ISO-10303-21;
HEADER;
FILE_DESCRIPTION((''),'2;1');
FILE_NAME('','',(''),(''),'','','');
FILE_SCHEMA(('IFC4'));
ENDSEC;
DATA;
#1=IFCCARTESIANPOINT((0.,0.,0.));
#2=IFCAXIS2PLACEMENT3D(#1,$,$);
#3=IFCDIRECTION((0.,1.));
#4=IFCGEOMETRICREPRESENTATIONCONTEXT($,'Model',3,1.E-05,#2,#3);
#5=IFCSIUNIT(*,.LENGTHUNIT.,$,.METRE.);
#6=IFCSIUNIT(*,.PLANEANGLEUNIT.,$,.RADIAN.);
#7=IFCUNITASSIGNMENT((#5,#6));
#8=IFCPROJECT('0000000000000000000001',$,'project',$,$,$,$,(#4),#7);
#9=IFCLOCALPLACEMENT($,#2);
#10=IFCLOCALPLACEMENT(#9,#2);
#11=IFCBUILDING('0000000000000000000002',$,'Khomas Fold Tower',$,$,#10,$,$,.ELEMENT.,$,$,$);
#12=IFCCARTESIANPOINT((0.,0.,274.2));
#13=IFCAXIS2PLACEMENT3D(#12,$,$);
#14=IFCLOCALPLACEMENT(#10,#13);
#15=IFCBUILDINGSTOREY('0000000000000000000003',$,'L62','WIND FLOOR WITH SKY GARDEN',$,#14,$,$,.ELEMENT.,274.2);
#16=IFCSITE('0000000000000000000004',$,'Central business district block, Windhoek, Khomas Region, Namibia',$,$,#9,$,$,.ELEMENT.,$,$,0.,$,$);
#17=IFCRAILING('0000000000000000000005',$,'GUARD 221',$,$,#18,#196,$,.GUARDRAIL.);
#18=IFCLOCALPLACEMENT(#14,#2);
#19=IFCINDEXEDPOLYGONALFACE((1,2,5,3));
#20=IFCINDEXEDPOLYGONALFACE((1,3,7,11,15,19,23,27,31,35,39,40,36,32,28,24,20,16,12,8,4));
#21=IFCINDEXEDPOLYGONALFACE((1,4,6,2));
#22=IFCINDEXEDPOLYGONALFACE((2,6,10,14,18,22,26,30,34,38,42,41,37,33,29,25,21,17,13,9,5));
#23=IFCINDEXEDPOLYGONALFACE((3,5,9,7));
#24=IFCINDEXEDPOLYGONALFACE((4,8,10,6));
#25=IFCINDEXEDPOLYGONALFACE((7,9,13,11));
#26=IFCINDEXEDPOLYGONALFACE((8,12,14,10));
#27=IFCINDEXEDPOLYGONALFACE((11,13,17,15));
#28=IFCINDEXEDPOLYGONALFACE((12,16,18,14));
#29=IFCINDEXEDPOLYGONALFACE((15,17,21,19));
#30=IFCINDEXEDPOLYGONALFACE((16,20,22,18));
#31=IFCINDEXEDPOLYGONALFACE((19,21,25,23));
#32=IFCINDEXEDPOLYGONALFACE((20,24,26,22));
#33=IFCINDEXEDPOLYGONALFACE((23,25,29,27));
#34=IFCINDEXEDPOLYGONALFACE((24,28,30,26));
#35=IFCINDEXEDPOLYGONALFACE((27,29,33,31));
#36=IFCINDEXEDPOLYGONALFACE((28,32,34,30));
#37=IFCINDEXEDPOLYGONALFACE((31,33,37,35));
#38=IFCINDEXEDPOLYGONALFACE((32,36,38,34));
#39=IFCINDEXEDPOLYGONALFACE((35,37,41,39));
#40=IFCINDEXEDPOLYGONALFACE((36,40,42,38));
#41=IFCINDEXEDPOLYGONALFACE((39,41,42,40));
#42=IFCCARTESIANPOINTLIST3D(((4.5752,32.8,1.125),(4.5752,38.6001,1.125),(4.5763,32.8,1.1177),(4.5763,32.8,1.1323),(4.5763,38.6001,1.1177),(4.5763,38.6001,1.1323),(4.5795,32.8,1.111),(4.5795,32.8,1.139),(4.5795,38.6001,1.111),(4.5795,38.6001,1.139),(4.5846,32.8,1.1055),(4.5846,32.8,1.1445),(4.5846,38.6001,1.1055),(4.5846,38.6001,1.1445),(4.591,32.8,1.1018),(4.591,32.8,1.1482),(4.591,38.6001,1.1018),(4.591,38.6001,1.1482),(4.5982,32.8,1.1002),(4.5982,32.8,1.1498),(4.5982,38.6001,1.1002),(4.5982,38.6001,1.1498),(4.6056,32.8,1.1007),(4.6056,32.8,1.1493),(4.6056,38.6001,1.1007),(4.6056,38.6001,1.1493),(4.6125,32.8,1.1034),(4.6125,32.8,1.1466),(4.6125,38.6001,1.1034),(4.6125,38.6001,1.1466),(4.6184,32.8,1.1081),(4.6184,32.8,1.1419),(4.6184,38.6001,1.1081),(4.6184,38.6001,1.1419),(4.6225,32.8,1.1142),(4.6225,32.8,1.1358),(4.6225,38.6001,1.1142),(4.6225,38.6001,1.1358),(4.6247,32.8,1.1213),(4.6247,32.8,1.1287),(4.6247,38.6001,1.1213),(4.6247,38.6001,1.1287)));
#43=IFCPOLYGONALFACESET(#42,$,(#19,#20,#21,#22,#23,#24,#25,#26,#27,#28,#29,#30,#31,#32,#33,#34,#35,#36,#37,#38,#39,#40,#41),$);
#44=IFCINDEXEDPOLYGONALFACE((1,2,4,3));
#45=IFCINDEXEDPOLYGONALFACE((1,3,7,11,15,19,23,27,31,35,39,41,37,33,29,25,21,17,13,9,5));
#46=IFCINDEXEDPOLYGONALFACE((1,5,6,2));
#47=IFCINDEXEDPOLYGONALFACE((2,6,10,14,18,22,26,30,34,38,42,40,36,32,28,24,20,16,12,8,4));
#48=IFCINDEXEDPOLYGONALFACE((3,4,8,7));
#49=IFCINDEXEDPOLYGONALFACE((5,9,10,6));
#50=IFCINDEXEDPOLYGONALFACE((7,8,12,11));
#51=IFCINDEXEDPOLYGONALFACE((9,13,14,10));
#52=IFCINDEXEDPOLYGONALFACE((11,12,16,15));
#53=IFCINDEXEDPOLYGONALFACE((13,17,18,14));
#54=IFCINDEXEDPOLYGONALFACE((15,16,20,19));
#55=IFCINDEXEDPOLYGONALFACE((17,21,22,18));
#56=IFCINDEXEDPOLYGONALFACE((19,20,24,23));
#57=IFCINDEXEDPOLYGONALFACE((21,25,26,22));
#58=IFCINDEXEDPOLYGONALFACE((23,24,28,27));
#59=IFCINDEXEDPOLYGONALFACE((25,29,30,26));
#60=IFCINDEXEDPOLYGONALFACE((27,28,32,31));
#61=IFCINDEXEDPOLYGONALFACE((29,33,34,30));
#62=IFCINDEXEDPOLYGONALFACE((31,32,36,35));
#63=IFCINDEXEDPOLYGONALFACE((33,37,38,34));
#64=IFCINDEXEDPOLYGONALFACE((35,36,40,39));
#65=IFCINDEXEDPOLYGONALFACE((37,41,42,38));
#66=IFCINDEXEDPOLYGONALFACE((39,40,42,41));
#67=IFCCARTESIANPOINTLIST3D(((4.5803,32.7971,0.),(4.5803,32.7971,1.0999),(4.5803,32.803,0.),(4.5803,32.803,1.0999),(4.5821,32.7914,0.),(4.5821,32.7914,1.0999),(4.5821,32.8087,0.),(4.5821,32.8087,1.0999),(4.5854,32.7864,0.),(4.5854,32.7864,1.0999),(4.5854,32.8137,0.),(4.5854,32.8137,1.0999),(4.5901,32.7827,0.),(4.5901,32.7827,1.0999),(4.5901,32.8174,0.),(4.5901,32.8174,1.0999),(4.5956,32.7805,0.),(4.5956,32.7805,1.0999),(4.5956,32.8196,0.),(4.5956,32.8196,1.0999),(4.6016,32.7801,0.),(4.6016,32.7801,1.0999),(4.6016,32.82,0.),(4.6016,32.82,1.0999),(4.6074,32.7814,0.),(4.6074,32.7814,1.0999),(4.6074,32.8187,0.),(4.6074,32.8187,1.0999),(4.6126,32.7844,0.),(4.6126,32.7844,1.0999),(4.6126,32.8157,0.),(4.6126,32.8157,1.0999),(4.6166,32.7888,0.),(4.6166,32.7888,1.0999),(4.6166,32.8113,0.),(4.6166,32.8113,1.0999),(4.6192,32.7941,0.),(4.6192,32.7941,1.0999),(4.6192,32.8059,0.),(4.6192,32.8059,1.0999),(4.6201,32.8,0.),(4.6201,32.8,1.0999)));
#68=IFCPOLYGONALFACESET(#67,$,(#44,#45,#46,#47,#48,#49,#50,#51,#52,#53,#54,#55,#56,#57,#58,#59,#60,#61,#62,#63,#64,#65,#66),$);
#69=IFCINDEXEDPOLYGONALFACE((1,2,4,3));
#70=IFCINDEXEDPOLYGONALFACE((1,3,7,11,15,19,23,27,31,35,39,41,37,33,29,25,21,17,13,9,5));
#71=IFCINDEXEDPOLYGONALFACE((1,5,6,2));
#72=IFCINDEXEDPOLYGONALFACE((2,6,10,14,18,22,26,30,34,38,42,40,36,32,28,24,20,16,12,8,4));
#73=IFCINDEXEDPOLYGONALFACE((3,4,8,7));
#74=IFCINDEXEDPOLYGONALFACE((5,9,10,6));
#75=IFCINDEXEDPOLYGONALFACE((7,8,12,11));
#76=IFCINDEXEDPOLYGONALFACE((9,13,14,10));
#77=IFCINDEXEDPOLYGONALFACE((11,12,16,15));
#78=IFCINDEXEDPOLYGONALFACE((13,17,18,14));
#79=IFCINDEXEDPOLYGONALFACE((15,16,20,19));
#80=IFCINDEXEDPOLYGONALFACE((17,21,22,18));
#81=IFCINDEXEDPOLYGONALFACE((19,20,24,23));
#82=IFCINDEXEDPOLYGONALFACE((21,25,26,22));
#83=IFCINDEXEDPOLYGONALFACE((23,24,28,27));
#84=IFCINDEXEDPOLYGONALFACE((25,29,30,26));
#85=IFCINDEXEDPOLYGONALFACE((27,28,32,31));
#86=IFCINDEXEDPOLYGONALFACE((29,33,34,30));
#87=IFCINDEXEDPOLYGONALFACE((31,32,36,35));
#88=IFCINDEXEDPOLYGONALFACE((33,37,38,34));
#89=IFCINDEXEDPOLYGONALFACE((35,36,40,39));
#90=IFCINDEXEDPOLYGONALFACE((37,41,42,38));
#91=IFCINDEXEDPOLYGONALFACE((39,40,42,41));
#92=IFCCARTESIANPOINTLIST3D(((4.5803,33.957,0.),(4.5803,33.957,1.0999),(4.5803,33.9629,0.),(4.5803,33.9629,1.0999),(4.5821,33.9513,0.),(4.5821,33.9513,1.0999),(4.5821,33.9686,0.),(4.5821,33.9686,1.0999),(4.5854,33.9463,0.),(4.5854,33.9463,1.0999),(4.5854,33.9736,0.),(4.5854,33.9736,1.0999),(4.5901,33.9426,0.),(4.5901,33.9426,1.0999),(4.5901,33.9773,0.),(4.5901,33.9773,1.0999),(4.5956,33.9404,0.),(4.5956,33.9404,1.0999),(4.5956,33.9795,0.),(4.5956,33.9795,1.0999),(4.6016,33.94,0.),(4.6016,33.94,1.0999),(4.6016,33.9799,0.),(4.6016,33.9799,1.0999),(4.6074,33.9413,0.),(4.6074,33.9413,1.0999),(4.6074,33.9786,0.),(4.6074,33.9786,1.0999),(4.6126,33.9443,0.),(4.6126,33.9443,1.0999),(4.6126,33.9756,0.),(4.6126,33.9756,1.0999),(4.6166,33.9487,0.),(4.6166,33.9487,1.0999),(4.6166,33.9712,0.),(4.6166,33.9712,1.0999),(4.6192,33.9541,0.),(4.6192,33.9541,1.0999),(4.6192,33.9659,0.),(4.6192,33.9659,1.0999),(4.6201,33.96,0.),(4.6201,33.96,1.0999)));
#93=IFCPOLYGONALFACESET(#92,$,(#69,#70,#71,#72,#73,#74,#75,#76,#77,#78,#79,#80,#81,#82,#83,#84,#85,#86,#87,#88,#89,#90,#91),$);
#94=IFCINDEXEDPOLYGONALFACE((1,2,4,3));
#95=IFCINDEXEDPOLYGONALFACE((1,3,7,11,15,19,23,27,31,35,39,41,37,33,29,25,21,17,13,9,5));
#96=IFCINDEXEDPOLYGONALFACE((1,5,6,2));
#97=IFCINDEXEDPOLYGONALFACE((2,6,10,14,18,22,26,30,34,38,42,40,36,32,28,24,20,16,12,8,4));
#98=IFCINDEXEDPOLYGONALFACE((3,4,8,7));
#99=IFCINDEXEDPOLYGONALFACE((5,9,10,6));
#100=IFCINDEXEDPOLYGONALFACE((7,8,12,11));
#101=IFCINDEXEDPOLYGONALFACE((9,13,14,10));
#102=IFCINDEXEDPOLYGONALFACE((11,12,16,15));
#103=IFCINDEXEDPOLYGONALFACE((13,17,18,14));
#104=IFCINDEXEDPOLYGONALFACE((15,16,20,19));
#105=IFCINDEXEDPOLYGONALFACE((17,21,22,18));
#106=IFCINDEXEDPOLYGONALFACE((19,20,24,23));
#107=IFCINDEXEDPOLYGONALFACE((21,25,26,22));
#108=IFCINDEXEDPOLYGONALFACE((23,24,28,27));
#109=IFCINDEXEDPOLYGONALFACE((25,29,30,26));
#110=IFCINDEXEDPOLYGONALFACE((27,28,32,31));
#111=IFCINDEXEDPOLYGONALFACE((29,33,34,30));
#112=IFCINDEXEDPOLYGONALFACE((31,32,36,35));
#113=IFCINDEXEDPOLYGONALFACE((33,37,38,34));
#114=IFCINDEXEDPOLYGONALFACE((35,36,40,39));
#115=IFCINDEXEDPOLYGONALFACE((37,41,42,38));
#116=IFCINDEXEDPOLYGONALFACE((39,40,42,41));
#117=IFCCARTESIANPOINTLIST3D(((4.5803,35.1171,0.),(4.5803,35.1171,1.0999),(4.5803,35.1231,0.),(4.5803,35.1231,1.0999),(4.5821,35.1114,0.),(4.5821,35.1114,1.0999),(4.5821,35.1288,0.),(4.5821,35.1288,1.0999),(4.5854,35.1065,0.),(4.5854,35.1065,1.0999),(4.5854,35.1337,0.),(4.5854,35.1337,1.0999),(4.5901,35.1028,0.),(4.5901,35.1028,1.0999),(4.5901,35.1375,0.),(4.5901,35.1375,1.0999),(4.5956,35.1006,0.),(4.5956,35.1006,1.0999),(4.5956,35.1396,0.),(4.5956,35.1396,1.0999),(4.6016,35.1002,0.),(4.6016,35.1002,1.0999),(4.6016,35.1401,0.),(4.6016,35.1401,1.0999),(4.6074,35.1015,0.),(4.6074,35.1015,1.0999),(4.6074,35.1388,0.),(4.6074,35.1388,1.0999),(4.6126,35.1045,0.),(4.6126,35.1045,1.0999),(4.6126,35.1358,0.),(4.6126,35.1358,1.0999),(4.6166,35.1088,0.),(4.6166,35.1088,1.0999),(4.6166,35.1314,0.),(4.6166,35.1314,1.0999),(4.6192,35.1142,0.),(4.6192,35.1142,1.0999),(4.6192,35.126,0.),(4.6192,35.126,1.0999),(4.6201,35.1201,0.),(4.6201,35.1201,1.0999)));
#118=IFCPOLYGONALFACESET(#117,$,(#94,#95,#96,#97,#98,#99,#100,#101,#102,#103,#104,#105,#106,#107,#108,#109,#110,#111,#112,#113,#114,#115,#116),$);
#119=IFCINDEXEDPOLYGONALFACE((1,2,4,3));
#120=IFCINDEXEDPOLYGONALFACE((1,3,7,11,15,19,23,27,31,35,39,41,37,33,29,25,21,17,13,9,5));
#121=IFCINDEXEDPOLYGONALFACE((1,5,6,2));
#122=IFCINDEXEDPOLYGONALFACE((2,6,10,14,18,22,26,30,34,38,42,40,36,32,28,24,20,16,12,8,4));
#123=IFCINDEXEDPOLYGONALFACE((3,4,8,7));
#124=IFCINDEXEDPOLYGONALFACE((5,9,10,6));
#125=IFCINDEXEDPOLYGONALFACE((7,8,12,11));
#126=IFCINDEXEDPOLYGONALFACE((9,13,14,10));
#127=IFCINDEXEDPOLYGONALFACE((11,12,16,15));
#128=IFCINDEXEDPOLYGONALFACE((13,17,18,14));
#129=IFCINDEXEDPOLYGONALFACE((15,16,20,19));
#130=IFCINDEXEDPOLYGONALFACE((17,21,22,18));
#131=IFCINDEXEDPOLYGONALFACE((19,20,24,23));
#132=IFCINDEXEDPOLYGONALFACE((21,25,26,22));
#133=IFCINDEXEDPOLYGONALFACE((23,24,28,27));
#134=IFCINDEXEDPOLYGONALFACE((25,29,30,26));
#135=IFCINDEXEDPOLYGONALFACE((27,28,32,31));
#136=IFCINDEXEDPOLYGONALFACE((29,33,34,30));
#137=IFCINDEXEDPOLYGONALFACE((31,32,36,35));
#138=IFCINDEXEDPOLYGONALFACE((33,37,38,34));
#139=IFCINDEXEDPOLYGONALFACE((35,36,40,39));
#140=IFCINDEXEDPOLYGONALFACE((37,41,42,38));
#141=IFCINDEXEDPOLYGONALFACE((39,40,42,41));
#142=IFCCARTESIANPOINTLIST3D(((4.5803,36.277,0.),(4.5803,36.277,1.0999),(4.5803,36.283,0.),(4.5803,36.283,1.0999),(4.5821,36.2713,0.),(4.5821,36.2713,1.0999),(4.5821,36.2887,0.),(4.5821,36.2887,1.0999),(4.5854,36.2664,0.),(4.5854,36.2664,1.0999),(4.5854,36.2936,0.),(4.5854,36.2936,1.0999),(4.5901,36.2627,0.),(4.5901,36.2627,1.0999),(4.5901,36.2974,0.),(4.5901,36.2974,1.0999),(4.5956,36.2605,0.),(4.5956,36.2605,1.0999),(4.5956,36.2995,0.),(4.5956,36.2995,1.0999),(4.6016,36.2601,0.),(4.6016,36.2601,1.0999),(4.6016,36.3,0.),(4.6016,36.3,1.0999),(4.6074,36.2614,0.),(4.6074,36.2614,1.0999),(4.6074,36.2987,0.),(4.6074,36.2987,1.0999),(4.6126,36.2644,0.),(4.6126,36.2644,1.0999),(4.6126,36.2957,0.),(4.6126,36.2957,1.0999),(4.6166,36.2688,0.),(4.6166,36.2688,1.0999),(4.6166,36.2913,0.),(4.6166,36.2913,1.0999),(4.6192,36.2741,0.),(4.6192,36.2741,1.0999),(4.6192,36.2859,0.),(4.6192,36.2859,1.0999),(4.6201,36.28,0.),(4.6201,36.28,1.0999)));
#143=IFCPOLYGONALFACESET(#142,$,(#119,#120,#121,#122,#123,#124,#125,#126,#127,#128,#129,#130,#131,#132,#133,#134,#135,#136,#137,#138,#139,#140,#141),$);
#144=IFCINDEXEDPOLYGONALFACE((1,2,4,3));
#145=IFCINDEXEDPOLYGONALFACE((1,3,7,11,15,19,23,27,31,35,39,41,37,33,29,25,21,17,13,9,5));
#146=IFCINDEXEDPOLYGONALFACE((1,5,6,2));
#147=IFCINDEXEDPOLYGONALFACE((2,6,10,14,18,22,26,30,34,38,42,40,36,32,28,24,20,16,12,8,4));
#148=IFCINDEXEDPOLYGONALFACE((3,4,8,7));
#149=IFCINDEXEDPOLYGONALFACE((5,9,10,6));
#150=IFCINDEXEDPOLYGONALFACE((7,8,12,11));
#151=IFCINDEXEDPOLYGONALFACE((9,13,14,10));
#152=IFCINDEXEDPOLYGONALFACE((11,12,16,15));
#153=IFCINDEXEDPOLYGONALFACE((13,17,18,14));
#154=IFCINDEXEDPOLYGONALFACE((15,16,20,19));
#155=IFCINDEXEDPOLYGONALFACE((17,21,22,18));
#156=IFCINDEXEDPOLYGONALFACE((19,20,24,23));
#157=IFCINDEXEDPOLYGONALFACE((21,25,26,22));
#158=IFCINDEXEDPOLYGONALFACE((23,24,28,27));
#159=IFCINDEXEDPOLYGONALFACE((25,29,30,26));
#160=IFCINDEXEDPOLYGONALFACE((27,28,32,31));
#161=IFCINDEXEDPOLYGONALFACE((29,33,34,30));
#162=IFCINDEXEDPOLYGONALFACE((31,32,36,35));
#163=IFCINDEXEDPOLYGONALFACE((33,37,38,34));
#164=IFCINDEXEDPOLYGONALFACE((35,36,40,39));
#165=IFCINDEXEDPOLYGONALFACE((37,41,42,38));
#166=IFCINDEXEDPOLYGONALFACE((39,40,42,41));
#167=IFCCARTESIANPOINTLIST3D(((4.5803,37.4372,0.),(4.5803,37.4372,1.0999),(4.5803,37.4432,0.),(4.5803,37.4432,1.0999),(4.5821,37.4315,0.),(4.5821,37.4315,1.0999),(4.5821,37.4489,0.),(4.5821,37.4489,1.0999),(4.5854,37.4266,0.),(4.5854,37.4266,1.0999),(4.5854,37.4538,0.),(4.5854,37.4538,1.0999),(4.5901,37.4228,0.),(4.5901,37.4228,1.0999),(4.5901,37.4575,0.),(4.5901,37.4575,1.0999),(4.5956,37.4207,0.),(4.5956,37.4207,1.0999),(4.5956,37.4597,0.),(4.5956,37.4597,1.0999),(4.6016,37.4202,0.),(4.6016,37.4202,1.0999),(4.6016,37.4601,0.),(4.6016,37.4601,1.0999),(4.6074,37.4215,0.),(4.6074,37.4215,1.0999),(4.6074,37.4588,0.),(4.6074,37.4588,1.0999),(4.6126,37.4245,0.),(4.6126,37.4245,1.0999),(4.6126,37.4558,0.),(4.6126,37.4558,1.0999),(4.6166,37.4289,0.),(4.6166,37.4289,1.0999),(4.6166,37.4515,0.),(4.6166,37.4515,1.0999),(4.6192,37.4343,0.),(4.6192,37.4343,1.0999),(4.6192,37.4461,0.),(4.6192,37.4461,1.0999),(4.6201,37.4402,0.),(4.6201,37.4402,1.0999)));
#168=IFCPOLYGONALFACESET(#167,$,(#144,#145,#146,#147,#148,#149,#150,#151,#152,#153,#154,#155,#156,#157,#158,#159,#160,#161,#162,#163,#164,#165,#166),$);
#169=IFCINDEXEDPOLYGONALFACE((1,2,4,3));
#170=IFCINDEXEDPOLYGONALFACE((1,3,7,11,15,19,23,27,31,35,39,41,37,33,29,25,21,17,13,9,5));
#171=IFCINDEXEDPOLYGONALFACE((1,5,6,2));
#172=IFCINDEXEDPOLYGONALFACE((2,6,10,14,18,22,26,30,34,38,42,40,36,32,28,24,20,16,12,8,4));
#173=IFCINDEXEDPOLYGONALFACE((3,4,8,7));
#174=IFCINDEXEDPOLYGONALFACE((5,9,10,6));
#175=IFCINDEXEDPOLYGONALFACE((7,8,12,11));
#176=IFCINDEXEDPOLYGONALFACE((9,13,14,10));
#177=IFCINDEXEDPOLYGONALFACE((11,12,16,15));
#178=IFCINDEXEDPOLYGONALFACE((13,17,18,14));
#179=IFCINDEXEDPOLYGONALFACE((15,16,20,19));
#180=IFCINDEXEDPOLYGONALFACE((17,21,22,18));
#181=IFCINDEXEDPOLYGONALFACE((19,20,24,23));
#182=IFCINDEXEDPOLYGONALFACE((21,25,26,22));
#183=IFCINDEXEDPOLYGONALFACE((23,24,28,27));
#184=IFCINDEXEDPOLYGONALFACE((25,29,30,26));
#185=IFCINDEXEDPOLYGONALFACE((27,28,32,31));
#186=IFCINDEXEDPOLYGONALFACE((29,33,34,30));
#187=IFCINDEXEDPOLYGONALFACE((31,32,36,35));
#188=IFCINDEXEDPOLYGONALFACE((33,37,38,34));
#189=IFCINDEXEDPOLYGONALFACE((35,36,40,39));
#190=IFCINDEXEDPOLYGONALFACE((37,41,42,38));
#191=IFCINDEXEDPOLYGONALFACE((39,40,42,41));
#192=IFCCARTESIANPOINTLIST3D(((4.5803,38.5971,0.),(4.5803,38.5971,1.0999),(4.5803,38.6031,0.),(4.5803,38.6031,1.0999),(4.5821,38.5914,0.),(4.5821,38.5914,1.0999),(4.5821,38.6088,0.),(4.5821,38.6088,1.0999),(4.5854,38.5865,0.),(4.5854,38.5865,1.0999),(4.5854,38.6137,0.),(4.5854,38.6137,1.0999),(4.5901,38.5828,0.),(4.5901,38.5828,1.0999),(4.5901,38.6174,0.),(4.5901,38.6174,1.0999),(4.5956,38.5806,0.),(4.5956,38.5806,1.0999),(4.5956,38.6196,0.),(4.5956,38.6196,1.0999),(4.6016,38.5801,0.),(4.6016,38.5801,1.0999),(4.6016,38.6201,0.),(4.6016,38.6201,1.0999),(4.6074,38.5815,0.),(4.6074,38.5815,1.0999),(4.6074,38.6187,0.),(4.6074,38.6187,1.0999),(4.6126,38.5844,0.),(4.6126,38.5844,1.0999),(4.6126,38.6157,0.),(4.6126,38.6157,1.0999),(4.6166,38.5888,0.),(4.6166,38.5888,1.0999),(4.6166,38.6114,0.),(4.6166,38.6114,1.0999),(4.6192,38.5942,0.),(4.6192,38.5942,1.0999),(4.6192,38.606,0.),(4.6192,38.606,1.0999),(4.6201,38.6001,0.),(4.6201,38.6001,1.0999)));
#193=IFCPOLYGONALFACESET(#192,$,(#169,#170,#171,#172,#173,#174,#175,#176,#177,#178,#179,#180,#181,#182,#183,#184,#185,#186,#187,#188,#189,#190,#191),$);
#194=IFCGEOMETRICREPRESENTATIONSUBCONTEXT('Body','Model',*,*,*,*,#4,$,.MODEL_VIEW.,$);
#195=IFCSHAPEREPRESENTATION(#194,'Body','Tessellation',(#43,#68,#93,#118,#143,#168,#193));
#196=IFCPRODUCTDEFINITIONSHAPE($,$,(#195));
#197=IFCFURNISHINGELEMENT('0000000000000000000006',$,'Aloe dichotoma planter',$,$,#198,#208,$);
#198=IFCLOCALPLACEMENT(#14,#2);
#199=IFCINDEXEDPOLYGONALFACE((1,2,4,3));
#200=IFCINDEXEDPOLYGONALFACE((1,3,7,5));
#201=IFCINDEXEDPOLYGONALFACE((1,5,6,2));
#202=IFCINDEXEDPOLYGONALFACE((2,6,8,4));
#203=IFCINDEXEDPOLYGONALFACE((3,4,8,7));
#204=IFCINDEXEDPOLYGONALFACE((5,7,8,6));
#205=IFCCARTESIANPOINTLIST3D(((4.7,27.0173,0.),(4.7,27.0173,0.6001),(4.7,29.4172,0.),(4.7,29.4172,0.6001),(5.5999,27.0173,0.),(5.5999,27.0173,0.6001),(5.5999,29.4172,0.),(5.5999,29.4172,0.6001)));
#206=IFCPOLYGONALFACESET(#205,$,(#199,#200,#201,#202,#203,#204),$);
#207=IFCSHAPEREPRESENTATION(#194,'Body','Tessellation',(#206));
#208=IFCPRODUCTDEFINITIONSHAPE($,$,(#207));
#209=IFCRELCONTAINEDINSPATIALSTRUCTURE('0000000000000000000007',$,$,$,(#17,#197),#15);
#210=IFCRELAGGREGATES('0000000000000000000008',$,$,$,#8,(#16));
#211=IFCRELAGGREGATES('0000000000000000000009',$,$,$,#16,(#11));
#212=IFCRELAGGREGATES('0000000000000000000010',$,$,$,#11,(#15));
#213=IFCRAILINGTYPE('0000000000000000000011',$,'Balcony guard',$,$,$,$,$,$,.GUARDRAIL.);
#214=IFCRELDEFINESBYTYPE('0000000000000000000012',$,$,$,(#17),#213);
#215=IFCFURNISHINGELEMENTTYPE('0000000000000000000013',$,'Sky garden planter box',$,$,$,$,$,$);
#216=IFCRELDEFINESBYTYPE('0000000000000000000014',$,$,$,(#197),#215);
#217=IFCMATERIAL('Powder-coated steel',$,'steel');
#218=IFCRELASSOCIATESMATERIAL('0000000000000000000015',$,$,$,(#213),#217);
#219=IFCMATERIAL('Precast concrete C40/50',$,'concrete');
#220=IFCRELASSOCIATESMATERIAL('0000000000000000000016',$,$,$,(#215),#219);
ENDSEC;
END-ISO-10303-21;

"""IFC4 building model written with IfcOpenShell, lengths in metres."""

from ifc_helpers import new_model, si_unit, direction, frame, origin, origin_2d, place, context, subcontext, project, spatial, rectangle, circle, extrude, source, transform, mapped, material, type_object, element, save


model = new_model("IFC4")

# Units and contexts
model_context = context("Model", 3, precision=1e-05, world=origin(), true_north=direction((0.0, 1.0)))
body_context = subcontext(model_context, "Body", "Model", "MODEL_VIEW")
ifc_project = project(units=[si_unit("LENGTHUNIT", "METRE"), si_unit("PLANEANGLEUNIT", "RADIAN")], contexts=[model_context])

# Site, building, storey
site_placement = place(None, origin())
site = spatial("IfcSite", under=ifc_project, at=site_placement, Name="Central business district block, Windhoek, Khomas Region, Namibia", CompositionType="ELEMENT", RefElevation=0.0)
building_placement = place(site_placement, origin())
building = spatial("IfcBuilding", under=site, at=building_placement, Name="Khomas Fold Tower", CompositionType="ELEMENT")
storey_placement = place(building_placement, frame((0.0, 0.0, 274.2)))
storey = spatial("IfcBuildingStorey", under=building, at=storey_placement, Name="L62", Description="WIND FLOOR WITH SKY GARDEN", CompositionType="ELEMENT", Elevation=274.2)

# Railing
ifc_material_1 = material(Name="Powder-coated steel", Category="steel")
railing_type = type_object("IfcRailingType", Name="Balcony guard", PredefinedType="GUARDRAIL", material=ifc_material_1)
shared_shape_1 = source(origin(), body_context, "Body", "SweptSolid", [
    extrude(circle(Radius=0.0249, at=origin_2d()), frame((0.0, 0.0, 1.125), z_axis=(0.0, 1.0, 0.0), x_axis=(-1.0, 0.0, 0.0)), (0.0, 0.0, 1.0), 5.8),
    extrude(circle(Radius=0.02, at=origin_2d()), origin(), (0.0, 0.0, 1.0), 1.0999),
    extrude(circle(Radius=0.02, at=origin_2d()), frame((0.0, 1.1599, 0.0)), (0.0, 0.0, 1.0), 1.0999),
    extrude(circle(Radius=0.02, at=origin_2d()), frame((0.0, 2.3201, 0.0)), (0.0, 0.0, 1.0), 1.0999),
    extrude(circle(Radius=0.02, at=origin_2d()), frame((0.0, 3.48, 0.0)), (0.0, 0.0, 1.0), 1.0999),
    extrude(circle(Radius=0.02, at=origin_2d()), frame((0.0, 4.6401, 0.0)), (0.0, 0.0, 1.0), 1.0999),
    extrude(circle(Radius=0.02, at=origin_2d()), frame((0.0, 5.8, 0.0)), (0.0, 0.0, 1.0), 1.0999),
])
for number, where, name in (
    (1, (4.6001, 32.8, 0.0), "GUARD 221"),
):
    element("IfcRailing", number, at=place(storey_placement, frame(where)), inside=storey, type_object=railing_type, Name=name, PredefinedType="GUARDRAIL", context=body_context, shape_type="MappedRepresentation", body=[
        mapped(shared_shape_1, transform((0.0, 0.0, 0.0))),
    ])

# Furnishing element
ifc_material_2 = material(Name="Precast concrete C40/50", Category="concrete")
furnishing_element_type_1 = type_object("IfcFurnishingElementType", Name="Sky garden planter box", material=ifc_material_2)
shared_shape_2 = source(origin(), body_context, "Body", "SweptSolid", [
    extrude(rectangle(XDim=2.3999, YDim=0.8999, at=origin_2d()), origin(), (0.0, 0.0, 1.0), 0.6001),
])
for number, where, z_axis, x_axis, name in (
    (2, (5.1499, 28.2173, 0.0), (0.0, 0.0, 1.0), (0.0, 1.0, 0.0), "Aloe dichotoma planter"),
):
    element("IfcFurnishingElement", number, at=place(storey_placement, frame(where, z_axis=z_axis, x_axis=x_axis)), inside=storey, type_object=furnishing_element_type_1, Name=name, context=body_context, shape_type="MappedRepresentation", body=[
        mapped(shared_shape_2, transform((0.0, 0.0, 0.0))),
    ])

save(model, "model.ifc")
